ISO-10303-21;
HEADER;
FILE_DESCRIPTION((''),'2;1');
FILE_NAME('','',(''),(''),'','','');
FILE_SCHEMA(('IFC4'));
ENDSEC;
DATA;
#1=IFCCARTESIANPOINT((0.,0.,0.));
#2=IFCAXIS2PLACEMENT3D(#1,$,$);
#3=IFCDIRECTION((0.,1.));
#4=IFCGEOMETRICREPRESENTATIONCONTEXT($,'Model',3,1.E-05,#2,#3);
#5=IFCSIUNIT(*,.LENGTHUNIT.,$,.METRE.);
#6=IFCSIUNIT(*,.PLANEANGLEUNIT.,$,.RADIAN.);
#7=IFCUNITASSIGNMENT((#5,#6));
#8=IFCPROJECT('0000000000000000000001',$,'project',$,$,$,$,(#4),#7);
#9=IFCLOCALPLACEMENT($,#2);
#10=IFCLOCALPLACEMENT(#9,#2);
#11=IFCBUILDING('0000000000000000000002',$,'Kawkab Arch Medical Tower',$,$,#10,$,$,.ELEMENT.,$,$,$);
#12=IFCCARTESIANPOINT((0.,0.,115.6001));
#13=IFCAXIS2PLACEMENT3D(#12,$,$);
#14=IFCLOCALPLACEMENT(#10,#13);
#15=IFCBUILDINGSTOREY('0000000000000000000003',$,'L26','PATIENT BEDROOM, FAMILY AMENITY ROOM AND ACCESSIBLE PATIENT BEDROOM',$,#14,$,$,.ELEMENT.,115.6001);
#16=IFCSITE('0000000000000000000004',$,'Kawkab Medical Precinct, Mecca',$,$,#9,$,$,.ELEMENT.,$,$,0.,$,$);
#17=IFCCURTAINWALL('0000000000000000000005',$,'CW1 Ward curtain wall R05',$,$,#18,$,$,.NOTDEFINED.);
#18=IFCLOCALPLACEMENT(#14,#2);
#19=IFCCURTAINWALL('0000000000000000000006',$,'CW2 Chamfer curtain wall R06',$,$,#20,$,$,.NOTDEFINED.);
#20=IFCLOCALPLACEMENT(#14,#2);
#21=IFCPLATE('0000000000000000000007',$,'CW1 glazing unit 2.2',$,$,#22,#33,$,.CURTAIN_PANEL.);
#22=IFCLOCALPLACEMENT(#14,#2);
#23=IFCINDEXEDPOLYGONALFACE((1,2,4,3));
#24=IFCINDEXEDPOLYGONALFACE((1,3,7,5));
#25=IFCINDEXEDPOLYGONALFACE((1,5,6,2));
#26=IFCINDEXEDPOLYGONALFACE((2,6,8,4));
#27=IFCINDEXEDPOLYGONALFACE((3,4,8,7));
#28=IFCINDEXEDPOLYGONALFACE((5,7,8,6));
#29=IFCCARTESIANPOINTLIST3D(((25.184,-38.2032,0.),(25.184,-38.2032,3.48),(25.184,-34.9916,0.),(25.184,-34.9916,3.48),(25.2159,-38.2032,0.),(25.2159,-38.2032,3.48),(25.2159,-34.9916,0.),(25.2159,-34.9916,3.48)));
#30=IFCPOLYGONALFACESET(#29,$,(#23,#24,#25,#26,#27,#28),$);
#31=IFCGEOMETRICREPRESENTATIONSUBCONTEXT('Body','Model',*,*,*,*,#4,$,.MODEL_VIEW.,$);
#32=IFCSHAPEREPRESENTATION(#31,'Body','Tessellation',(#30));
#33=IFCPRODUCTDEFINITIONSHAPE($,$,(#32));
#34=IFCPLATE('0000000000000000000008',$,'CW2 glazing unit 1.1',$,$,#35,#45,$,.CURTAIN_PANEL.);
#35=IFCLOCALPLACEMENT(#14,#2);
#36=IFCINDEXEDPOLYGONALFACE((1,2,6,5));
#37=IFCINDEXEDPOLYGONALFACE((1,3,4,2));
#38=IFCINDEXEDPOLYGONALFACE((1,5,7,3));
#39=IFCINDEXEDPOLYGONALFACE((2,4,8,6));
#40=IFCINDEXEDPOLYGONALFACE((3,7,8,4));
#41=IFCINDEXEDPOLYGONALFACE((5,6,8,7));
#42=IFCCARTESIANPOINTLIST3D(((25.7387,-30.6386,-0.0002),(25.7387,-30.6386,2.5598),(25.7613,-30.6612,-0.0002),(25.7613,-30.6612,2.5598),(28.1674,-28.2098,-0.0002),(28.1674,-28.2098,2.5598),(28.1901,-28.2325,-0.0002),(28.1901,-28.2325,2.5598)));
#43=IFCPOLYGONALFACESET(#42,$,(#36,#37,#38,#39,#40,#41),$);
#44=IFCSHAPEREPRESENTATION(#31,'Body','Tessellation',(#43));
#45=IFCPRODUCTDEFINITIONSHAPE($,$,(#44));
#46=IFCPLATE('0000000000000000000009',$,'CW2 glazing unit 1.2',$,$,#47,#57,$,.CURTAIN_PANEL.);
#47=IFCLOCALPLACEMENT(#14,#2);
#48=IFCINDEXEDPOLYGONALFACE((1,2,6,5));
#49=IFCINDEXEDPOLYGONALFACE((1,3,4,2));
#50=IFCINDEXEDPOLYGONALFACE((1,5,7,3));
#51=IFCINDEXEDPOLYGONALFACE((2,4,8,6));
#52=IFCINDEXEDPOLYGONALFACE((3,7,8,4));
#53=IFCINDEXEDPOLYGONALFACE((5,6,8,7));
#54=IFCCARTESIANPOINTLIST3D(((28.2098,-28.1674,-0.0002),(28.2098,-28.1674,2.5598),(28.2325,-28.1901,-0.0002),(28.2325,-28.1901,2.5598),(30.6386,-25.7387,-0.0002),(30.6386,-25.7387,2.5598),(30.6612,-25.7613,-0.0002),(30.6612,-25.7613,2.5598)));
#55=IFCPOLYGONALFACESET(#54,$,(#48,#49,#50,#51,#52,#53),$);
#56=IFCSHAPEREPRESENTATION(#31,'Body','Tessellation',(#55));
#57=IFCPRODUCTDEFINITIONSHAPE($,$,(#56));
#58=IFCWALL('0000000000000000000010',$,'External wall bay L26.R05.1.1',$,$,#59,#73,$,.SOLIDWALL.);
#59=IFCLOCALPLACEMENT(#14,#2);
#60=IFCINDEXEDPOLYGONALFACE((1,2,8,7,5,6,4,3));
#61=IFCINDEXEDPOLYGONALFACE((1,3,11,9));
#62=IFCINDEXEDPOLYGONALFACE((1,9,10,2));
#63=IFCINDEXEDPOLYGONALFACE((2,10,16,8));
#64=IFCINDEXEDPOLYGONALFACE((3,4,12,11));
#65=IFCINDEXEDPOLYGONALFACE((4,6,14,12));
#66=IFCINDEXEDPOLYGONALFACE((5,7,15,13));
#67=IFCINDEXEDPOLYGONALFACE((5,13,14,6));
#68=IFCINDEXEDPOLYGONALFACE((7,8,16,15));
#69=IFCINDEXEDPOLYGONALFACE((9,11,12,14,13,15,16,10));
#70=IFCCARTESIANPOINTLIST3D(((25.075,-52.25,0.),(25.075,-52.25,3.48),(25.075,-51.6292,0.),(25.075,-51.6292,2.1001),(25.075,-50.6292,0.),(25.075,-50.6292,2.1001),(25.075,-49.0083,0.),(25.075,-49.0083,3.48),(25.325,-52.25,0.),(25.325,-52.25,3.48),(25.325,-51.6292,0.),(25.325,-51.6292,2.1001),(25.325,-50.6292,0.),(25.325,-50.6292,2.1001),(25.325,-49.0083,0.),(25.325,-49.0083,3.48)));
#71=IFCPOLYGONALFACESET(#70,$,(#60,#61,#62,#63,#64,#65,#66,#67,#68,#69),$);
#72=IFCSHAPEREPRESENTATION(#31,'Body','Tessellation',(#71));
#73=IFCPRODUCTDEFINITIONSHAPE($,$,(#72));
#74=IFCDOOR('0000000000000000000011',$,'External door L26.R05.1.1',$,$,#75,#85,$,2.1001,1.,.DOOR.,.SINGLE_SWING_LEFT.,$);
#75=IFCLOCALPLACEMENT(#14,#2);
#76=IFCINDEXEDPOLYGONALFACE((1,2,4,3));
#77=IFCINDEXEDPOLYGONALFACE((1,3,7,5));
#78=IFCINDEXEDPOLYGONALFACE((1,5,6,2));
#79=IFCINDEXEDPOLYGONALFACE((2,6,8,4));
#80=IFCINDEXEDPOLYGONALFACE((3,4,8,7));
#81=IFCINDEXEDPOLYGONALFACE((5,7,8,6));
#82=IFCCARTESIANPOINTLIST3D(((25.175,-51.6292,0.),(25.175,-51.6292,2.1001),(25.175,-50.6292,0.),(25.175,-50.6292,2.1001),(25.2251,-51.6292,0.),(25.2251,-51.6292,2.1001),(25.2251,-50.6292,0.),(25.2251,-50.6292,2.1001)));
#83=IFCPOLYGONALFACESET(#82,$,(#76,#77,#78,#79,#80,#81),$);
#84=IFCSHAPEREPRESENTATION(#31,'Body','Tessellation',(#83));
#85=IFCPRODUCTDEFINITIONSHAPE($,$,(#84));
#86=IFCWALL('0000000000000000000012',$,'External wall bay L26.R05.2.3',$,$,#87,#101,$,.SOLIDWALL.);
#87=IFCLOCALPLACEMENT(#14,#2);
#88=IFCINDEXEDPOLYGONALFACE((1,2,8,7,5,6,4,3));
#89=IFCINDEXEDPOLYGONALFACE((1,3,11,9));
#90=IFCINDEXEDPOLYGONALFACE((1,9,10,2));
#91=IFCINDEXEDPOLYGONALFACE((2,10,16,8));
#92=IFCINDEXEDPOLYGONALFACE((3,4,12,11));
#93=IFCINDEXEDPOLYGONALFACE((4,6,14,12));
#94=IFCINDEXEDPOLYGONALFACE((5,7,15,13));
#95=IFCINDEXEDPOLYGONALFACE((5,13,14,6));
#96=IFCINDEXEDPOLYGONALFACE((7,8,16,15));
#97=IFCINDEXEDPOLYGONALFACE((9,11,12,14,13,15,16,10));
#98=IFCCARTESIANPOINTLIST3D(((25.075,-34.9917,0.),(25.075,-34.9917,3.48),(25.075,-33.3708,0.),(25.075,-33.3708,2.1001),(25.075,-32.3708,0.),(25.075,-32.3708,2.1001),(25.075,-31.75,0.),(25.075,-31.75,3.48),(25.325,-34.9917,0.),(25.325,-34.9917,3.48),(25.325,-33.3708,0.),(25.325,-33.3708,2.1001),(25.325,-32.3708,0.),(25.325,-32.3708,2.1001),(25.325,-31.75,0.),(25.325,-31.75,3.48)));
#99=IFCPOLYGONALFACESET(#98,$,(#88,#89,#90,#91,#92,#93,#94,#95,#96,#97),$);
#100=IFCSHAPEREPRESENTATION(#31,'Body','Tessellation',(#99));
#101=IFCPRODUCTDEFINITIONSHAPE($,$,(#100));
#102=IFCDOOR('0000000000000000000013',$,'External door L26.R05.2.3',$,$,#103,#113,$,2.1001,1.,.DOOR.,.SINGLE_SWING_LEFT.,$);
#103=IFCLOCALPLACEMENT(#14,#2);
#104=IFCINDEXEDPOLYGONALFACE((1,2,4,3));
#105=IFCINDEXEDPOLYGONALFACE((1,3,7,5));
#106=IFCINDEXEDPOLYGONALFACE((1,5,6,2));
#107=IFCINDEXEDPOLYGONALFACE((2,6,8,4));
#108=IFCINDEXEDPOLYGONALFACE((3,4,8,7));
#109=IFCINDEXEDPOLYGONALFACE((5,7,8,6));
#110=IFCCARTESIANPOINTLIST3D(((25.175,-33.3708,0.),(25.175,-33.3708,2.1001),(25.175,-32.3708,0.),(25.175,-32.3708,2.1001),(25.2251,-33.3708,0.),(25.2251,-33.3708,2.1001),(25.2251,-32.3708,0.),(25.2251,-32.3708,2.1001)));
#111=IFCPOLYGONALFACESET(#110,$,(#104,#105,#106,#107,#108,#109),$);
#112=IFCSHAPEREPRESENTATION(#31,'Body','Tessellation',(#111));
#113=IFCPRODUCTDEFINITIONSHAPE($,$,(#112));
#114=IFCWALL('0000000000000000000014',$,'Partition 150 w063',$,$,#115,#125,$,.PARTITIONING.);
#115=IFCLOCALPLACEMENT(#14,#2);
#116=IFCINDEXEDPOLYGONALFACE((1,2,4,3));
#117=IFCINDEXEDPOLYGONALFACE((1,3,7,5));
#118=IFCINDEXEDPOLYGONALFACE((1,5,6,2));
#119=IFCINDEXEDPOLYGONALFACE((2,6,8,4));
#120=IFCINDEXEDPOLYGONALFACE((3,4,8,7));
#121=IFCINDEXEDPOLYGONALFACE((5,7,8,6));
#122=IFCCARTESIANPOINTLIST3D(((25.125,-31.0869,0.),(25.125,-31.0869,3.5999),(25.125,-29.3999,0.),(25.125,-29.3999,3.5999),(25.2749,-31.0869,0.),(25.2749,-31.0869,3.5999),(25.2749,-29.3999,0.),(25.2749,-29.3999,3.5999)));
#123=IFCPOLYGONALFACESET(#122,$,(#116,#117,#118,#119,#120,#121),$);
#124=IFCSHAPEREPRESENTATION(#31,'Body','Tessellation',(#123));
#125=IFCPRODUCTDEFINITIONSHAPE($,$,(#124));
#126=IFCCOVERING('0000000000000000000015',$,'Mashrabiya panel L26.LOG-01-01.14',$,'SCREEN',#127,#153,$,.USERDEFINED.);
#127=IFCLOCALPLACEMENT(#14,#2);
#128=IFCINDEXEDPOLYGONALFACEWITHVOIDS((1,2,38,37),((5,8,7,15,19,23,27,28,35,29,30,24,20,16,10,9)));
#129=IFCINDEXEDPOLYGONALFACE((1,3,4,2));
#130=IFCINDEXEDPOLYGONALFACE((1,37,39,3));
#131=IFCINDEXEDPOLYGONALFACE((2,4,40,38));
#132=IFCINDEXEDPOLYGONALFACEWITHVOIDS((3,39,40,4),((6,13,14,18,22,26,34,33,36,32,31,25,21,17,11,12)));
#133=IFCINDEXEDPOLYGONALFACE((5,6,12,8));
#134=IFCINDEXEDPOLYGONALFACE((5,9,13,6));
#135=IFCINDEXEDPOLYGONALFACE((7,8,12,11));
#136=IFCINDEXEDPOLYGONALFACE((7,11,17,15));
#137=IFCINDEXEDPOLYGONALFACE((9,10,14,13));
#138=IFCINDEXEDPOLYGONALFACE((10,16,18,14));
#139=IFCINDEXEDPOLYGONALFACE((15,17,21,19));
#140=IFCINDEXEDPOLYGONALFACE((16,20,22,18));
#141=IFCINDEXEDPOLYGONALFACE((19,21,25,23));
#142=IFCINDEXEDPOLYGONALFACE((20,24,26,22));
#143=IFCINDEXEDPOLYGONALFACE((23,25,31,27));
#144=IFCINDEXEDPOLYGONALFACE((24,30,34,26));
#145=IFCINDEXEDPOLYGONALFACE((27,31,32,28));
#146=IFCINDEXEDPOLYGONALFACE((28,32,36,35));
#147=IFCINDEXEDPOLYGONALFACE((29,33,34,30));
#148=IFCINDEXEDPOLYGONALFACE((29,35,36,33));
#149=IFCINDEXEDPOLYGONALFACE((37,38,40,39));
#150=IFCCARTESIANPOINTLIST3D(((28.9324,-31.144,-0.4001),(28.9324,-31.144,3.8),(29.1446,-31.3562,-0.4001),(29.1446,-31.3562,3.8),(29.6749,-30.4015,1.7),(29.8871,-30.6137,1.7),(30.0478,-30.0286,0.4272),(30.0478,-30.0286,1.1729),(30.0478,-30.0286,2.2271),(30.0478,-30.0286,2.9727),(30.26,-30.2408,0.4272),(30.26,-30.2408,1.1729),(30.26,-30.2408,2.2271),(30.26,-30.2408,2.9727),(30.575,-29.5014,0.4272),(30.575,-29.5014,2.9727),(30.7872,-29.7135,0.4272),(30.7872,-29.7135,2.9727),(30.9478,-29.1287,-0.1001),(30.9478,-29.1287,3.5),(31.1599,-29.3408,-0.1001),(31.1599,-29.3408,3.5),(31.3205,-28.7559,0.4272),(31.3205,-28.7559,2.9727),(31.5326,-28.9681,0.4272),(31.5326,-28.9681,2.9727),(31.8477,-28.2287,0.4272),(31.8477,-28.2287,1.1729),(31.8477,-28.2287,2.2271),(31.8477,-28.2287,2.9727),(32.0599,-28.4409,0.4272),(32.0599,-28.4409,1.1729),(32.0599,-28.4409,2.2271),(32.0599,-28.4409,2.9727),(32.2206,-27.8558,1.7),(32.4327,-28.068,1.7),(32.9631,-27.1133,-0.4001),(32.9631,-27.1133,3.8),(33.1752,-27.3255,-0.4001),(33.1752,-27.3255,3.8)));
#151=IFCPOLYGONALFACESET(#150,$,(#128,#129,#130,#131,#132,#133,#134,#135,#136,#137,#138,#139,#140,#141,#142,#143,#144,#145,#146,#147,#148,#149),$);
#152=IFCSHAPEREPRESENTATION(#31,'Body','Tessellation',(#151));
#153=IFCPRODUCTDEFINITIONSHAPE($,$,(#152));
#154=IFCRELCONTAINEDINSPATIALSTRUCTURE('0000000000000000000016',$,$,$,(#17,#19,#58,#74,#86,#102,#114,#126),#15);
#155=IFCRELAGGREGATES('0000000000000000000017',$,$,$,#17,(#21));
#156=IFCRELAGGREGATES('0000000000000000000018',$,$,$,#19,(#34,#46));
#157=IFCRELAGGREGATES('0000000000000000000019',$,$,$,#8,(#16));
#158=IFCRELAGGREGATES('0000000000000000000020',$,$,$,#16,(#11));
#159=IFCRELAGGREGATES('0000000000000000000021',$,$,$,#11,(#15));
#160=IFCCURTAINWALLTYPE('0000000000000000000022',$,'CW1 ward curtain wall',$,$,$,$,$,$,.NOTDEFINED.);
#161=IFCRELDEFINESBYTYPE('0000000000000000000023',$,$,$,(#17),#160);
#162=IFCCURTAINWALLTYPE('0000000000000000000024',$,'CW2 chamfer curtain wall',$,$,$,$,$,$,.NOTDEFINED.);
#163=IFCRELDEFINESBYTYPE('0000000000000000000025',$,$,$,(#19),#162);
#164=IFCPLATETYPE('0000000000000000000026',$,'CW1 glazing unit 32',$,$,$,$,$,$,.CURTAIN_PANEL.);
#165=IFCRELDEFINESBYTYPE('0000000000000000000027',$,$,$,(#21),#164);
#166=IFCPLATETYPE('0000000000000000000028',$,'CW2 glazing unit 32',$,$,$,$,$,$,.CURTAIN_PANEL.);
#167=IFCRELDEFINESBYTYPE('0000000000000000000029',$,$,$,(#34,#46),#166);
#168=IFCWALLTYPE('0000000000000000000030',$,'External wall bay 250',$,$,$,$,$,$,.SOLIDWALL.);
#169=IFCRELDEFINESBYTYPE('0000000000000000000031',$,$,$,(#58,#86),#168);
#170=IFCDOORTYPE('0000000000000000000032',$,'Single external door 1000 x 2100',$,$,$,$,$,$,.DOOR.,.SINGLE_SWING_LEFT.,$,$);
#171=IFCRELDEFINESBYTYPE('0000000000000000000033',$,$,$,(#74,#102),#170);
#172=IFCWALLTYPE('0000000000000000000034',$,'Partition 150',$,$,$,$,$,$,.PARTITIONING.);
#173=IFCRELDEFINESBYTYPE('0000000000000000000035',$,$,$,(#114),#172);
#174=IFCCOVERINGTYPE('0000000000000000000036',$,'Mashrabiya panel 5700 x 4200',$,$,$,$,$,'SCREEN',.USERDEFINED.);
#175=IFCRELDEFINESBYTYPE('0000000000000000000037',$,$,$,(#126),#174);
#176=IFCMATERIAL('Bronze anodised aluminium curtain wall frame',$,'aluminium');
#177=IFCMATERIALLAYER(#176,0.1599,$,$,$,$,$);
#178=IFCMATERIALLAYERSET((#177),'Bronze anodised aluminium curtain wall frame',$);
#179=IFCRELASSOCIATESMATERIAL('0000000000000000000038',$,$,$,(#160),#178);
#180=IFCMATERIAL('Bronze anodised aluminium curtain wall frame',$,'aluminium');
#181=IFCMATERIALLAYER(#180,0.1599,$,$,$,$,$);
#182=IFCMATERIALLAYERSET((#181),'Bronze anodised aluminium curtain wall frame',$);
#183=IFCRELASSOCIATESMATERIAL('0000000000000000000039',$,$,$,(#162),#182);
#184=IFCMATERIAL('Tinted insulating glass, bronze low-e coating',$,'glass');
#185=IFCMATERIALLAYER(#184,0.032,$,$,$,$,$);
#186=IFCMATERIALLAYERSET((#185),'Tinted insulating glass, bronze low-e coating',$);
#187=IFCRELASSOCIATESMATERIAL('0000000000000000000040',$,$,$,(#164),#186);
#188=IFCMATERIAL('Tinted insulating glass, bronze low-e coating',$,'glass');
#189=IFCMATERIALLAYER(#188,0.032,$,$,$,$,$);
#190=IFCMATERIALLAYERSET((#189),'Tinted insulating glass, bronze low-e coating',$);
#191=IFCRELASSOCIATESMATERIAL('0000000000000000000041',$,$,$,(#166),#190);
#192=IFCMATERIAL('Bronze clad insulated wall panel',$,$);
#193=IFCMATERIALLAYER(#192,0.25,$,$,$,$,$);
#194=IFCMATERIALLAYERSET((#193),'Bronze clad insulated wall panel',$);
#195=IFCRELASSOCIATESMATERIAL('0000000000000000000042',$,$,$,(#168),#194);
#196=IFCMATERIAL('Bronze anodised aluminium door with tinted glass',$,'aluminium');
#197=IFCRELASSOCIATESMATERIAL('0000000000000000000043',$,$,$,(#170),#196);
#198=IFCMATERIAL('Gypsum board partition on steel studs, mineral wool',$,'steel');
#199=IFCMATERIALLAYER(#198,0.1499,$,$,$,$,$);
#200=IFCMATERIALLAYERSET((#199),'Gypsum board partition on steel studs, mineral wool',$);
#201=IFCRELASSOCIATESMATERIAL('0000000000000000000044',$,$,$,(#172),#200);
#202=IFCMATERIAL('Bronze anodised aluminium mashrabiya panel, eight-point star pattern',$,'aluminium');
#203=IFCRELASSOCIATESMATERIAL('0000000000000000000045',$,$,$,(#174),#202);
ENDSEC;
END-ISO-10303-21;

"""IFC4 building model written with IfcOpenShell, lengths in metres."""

from ifc_helpers import new_model, si_unit, direction, frame, frame_2d, origin, origin_2d, place, context, subcontext, project, spatial, polyline, rectangle, outline, extrude, material, layer, layer_set, material_profile, profile_set, type_object, element, fill, aggregate, save


model = new_model("IFC4")

# Units and contexts
model_context = context("Model", 3, precision=1e-05, world=origin(), true_north=direction((0.0, 1.0)))
body_context = subcontext(model_context, "Body", "Model", "MODEL_VIEW")
ifc_project = project(units=[si_unit("LENGTHUNIT", "METRE"), si_unit("PLANEANGLEUNIT", "RADIAN")], contexts=[model_context])

# Site, building, storey
site_placement = place(None, origin())
site = spatial("IfcSite", under=ifc_project, at=site_placement, Name="Kawkab Medical Precinct, Mecca", CompositionType="ELEMENT", RefElevation=0.0)
building_placement = place(site_placement, origin())
building = spatial("IfcBuilding", under=site, at=building_placement, Name="Kawkab Arch Medical Tower", CompositionType="ELEMENT")
storey_placement = place(building_placement, frame((0.0, 0.0, 115.6001)))
storey = spatial("IfcBuildingStorey", under=building, at=storey_placement, Name="L26", Description="PATIENT BEDROOM, FAMILY AMENITY ROOM AND ACCESSIBLE PATIENT BEDROOM", CompositionType="ELEMENT", Elevation=115.6001)

# Curtain walls
ifc_material_1 = material(Name="Bronze anodised aluminium curtain wall frame", Category="aluminium")
ifc_layer_1 = layer(ifc_material_1, 0.1599)
ifc_layer_set_1 = layer_set([ifc_layer_1], Name="Bronze anodised aluminium curtain wall frame")
curtain_wall_type_1 = type_object("IfcCurtainWallType", Name="CW1 ward curtain wall", PredefinedType="NOTDEFINED", material=ifc_layer_set_1)
placement = place(storey_placement, origin())
curtain_wall_1 = element("IfcCurtainWall", 1, at=placement, inside=storey, type_object=curtain_wall_type_1, Name="CW1 Ward curtain wall R05", PredefinedType="NOTDEFINED")
ifc_material_2 = material(Name="Bronze anodised aluminium curtain wall frame", Category="aluminium")
ifc_layer_2 = layer(ifc_material_2, 0.1599)
ifc_layer_set_2 = layer_set([ifc_layer_2], Name="Bronze anodised aluminium curtain wall frame")
curtain_wall_type_2 = type_object("IfcCurtainWallType", Name="CW2 chamfer curtain wall", PredefinedType="NOTDEFINED", material=ifc_layer_set_2)
curtain_wall_2 = element("IfcCurtainWall", 2, at=placement, inside=storey, type_object=curtain_wall_type_2, Name="CW2 Chamfer curtain wall R06", PredefinedType="NOTDEFINED")

# Plates
ifc_material_3 = material(Name="Tinted insulating glass, bronze low-e coating", Category="glass")
ifc_layer_3 = layer(ifc_material_3, 0.032)
ifc_layer_set_3 = layer_set([ifc_layer_3], Name="Tinted insulating glass, bronze low-e coating")
plate_type_1 = type_object("IfcPlateType", Name="CW1 glazing unit 32", PredefinedType="CURTAIN_PANEL", material=ifc_layer_set_3)
plate_1_placement = place(storey_placement, frame((25.2, -36.5974, 0.0), z_axis=(0.0, 0.0, 1.0), x_axis=(0.0, 1.0, 0.0)))
plate_1 = element("IfcPlate", 3, at=plate_1_placement, type_object=plate_type_1, Name="CW1 glazing unit 2.2", PredefinedType="CURTAIN_PANEL", context=body_context, shape_type="SweptSolid", body=[
    extrude(rectangle(XDim=3.2117, YDim=0.032, at=origin_2d()), origin(), (0.0, 0.0, 1.0), 3.48),
])
aggregate(curtain_wall_1, [plate_1])
ifc_material_4 = material(Name="Tinted insulating glass, bronze low-e coating", Category="glass")
ifc_layer_4 = layer(ifc_material_4, 0.032)
ifc_layer_set_4 = layer_set([ifc_layer_4], Name="Tinted insulating glass, bronze low-e coating")
plate_type_2 = type_object("IfcPlateType", Name="CW2 glazing unit 32", PredefinedType="CURTAIN_PANEL", material=ifc_layer_set_4)
plate_2_placement = place(storey_placement, frame((26.9644, -29.4355, -0.0002), z_axis=(0.0, 0.0, 1.0), x_axis=(0.707107, 0.707107, 0.0)))
plate_2 = element("IfcPlate", 4, at=plate_2_placement, type_object=plate_type_2, Name="CW2 glazing unit 1.1", PredefinedType="CURTAIN_PANEL", context=body_context, shape_type="SweptSolid", body=[
    extrude(rectangle(XDim=3.4348, YDim=0.032, at=origin_2d()), origin(), (0.0, 0.0, 1.0), 2.5601),
])
plate_3_placement = place(storey_placement, frame((29.4355, -26.9644, -0.0002), z_axis=(0.0, 0.0, 1.0), x_axis=(0.707107, 0.707107, 0.0)))
plate_3 = element("IfcPlate", 5, at=plate_3_placement, type_object=plate_type_2, Name="CW2 glazing unit 1.2", PredefinedType="CURTAIN_PANEL", context=body_context, shape_type="SweptSolid", body=[
    extrude(rectangle(XDim=3.4348, YDim=0.032, at=origin_2d()), origin(), (0.0, 0.0, 1.0), 2.5601),
])
aggregate(curtain_wall_2, [plate_2, plate_3])

# Walls, openings, doors
ifc_material_5 = material(Name="Bronze clad insulated wall panel")
ifc_layer_5 = layer(ifc_material_5, 0.25)
ifc_layer_set_5 = layer_set([ifc_layer_5], Name="Bronze clad insulated wall panel")
wall_type_1 = type_object("IfcWallType", Name="External wall bay 250", PredefinedType="SOLIDWALL", material=ifc_layer_set_5)
wall_1_placement = place(storey_placement, frame((25.2, -52.25, 0.0), z_axis=(0.0, 0.0, 1.0), x_axis=(0.0, 1.0, 0.0)))
wall_1 = element("IfcWall", 6, at=wall_1_placement, inside=storey, type_object=wall_type_1, Name="External wall bay L26.R05.1.1", PredefinedType="SOLIDWALL", context=body_context, shape_type="SweptSolid", body=[
    extrude(rectangle(XDim=3.2417, YDim=0.25, at=frame_2d((1.6208, 0.0))), origin(), (0.0, 0.0, 1.0), 3.48),
])
opening_1_placement = place(wall_1_placement, frame((0.6208, 0.0, 0.0)))
opening_1 = element("IfcOpeningElement", 7, at=opening_1_placement, cuts=wall_1, PredefinedType="OPENING", context=body_context, shape_type="SweptSolid", body=[
    extrude(rectangle(XDim=1.0, YDim=2.1001, at=frame_2d((0.5, 1.05))), frame((0.0, 0.135, 0.0), z_axis=(0.0, -1.0, 0.0), x_axis=(1.0, 0.0, 0.0)), (0.0, 0.0, 1.0), 0.27),
])
ifc_material_6 = material(Name="Bronze anodised aluminium door with tinted glass", Category="aluminium")
door_type = type_object("IfcDoorType", Name="Single external door 1000 x 2100", OperationType="SINGLE_SWING_LEFT", PredefinedType="DOOR", material=ifc_material_6)
door_1_placement = place(opening_1_placement, origin())
door_1 = element("IfcDoor", 8, at=door_1_placement, inside=storey, type_object=door_type, Name="External door L26.R05.1.1", OperationType="SINGLE_SWING_LEFT", OverallHeight=2.1001, OverallWidth=1.0, PredefinedType="DOOR", context=body_context, shape_type="SweptSolid", body=[
    extrude(rectangle(XDim=1.0, YDim=2.1001, at=frame_2d((0.5, 1.05))), frame((0.0, 0.0249, 0.0), z_axis=(0.0, -1.0, 0.0), x_axis=(1.0, 0.0, 0.0)), (0.0, 0.0, 1.0), 0.05),
])
fill(opening_1, door_1)
wall_2_placement = place(storey_placement, frame((25.2, -34.9917, 0.0), z_axis=(0.0, 0.0, 1.0), x_axis=(0.0, 1.0, 0.0)))
wall_2 = element("IfcWall", 9, at=wall_2_placement, inside=storey, type_object=wall_type_1, Name="External wall bay L26.R05.2.3", PredefinedType="SOLIDWALL", context=body_context, shape_type="SweptSolid", body=[
    extrude(rectangle(XDim=3.2417, YDim=0.25, at=frame_2d((1.6208, 0.0))), origin(), (0.0, 0.0, 1.0), 3.48),
])
opening_2_placement = place(wall_2_placement, frame((1.6208, 0.0, 0.0)))
opening_2 = element("IfcOpeningElement", 10, at=opening_2_placement, cuts=wall_2, PredefinedType="OPENING", context=body_context, shape_type="SweptSolid", body=[
    extrude(rectangle(XDim=1.0, YDim=2.1001, at=frame_2d((0.5, 1.05))), frame((0.0, 0.135, 0.0), z_axis=(0.0, -1.0, 0.0), x_axis=(1.0, 0.0, 0.0)), (0.0, 0.0, 1.0), 0.27),
])
door_2_placement = place(opening_2_placement, origin())
door_2 = element("IfcDoor", 11, at=door_2_placement, inside=storey, type_object=door_type, Name="External door L26.R05.2.3", OperationType="SINGLE_SWING_LEFT", OverallHeight=2.1001, OverallWidth=1.0, PredefinedType="DOOR", context=body_context, shape_type="SweptSolid", body=[
    extrude(rectangle(XDim=1.0, YDim=2.1001, at=frame_2d((0.5, 1.05))), frame((0.0, 0.0249, 0.0), z_axis=(0.0, -1.0, 0.0), x_axis=(1.0, 0.0, 0.0)), (0.0, 0.0, 1.0), 0.05),
])
fill(opening_2, door_2)

# Wall
ifc_material_7 = material(Name="Gypsum board partition on steel studs, mineral wool", Category="steel")
ifc_layer_6 = layer(ifc_material_7, 0.1499)
ifc_layer_set_6 = layer_set([ifc_layer_6], Name="Gypsum board partition on steel studs, mineral wool")
wall_type_2 = type_object("IfcWallType", Name="Partition 150", PredefinedType="PARTITIONING", material=ifc_layer_set_6)
wall_3_placement = place(storey_placement, frame((25.2, -31.0869, 0.0), z_axis=(0.0, 0.0, 1.0), x_axis=(0.0, 1.0, 0.0)))
element("IfcWall", 12, at=wall_3_placement, inside=storey, type_object=wall_type_2, Name="Partition 150 w063", PredefinedType="PARTITIONING", context=body_context, shape_type="SweptSolid", body=[
    extrude(rectangle(XDim=1.687, YDim=0.1499, at=frame_2d((0.8435, 0.0))), origin(), (0.0, 0.0, 1.0), 3.5999),
])

# Covering
ifc_material_8 = material(Name="Bronze anodised aluminium mashrabiya panel, eight-point star pattern", Category="aluminium")
ifc_material_profile_1 = material_profile(ifc_material_8, outline(polyline([(-2.8501, -2.1001), (2.8501, -2.1001), (2.8501, 2.1001), (-2.8501, 2.1001), (-2.8501, -2.1001)]), holes=[polyline([(1.8, 0.0), (1.2727, 0.5271), (1.2727, 1.2727), (0.5271, 1.2727), (0.0, 1.8), (-0.5271, 1.2727), (-1.2727, 1.2727), (-1.2727, 0.5271), (-1.8, 0.0), (-1.2727, -0.5271), (-1.2727, -1.2727), (-0.5271, -1.2727), (0.0, -1.8), (0.5271, -1.2727), (1.2727, -1.2727), (1.2727, -0.5271), (1.8, 0.0)])]), Name="Mashrabiya panel 5700x4200")
ifc_profile_set_1 = profile_set([ifc_material_profile_1], Name="Bronze anodised aluminium mashrabiya panel, eight-point star pattern")
covering_type_1 = type_object("IfcCoveringType", Name="Mashrabiya panel 5700 x 4200", ElementType="SCREEN", PredefinedType="USERDEFINED", material=ifc_profile_set_1)
covering_1_placement = place(storey_placement, frame((30.9478, -29.1287, 1.7), z_axis=(0.707107, -0.707107, 0.0), x_axis=(0.707107, 0.707107, 0.0)))
element("IfcCovering", 13, at=covering_1_placement, inside=storey, type_object=covering_type_1, Name="Mashrabiya panel L26.LOG-01-01.14", ObjectType="SCREEN", PredefinedType="USERDEFINED", context=body_context, shape_type="SweptSolid", body=[
    extrude(outline(polyline([(-2.8501, -2.1001), (2.8501, -2.1001), (2.8501, 2.1001), (-2.8501, 2.1001), (-2.8501, -2.1001)]), holes=[polyline([(1.8, 0.0), (1.2727, 0.5271), (1.2727, 1.2727), (0.5271, 1.2727), (0.0, 1.8), (-0.5271, 1.2727), (-1.2727, 1.2727), (-1.2727, 0.5271), (-1.8, 0.0), (-1.2727, -0.5271), (-1.2727, -1.2727), (-0.5271, -1.2727), (0.0, -1.8), (0.5271, -1.2727), (1.2727, -1.2727), (1.2727, -0.5271), (1.8, 0.0)])]), origin(), (0.0, 0.0, 1.0), 0.3),
])

save(model, "model.ifc")
